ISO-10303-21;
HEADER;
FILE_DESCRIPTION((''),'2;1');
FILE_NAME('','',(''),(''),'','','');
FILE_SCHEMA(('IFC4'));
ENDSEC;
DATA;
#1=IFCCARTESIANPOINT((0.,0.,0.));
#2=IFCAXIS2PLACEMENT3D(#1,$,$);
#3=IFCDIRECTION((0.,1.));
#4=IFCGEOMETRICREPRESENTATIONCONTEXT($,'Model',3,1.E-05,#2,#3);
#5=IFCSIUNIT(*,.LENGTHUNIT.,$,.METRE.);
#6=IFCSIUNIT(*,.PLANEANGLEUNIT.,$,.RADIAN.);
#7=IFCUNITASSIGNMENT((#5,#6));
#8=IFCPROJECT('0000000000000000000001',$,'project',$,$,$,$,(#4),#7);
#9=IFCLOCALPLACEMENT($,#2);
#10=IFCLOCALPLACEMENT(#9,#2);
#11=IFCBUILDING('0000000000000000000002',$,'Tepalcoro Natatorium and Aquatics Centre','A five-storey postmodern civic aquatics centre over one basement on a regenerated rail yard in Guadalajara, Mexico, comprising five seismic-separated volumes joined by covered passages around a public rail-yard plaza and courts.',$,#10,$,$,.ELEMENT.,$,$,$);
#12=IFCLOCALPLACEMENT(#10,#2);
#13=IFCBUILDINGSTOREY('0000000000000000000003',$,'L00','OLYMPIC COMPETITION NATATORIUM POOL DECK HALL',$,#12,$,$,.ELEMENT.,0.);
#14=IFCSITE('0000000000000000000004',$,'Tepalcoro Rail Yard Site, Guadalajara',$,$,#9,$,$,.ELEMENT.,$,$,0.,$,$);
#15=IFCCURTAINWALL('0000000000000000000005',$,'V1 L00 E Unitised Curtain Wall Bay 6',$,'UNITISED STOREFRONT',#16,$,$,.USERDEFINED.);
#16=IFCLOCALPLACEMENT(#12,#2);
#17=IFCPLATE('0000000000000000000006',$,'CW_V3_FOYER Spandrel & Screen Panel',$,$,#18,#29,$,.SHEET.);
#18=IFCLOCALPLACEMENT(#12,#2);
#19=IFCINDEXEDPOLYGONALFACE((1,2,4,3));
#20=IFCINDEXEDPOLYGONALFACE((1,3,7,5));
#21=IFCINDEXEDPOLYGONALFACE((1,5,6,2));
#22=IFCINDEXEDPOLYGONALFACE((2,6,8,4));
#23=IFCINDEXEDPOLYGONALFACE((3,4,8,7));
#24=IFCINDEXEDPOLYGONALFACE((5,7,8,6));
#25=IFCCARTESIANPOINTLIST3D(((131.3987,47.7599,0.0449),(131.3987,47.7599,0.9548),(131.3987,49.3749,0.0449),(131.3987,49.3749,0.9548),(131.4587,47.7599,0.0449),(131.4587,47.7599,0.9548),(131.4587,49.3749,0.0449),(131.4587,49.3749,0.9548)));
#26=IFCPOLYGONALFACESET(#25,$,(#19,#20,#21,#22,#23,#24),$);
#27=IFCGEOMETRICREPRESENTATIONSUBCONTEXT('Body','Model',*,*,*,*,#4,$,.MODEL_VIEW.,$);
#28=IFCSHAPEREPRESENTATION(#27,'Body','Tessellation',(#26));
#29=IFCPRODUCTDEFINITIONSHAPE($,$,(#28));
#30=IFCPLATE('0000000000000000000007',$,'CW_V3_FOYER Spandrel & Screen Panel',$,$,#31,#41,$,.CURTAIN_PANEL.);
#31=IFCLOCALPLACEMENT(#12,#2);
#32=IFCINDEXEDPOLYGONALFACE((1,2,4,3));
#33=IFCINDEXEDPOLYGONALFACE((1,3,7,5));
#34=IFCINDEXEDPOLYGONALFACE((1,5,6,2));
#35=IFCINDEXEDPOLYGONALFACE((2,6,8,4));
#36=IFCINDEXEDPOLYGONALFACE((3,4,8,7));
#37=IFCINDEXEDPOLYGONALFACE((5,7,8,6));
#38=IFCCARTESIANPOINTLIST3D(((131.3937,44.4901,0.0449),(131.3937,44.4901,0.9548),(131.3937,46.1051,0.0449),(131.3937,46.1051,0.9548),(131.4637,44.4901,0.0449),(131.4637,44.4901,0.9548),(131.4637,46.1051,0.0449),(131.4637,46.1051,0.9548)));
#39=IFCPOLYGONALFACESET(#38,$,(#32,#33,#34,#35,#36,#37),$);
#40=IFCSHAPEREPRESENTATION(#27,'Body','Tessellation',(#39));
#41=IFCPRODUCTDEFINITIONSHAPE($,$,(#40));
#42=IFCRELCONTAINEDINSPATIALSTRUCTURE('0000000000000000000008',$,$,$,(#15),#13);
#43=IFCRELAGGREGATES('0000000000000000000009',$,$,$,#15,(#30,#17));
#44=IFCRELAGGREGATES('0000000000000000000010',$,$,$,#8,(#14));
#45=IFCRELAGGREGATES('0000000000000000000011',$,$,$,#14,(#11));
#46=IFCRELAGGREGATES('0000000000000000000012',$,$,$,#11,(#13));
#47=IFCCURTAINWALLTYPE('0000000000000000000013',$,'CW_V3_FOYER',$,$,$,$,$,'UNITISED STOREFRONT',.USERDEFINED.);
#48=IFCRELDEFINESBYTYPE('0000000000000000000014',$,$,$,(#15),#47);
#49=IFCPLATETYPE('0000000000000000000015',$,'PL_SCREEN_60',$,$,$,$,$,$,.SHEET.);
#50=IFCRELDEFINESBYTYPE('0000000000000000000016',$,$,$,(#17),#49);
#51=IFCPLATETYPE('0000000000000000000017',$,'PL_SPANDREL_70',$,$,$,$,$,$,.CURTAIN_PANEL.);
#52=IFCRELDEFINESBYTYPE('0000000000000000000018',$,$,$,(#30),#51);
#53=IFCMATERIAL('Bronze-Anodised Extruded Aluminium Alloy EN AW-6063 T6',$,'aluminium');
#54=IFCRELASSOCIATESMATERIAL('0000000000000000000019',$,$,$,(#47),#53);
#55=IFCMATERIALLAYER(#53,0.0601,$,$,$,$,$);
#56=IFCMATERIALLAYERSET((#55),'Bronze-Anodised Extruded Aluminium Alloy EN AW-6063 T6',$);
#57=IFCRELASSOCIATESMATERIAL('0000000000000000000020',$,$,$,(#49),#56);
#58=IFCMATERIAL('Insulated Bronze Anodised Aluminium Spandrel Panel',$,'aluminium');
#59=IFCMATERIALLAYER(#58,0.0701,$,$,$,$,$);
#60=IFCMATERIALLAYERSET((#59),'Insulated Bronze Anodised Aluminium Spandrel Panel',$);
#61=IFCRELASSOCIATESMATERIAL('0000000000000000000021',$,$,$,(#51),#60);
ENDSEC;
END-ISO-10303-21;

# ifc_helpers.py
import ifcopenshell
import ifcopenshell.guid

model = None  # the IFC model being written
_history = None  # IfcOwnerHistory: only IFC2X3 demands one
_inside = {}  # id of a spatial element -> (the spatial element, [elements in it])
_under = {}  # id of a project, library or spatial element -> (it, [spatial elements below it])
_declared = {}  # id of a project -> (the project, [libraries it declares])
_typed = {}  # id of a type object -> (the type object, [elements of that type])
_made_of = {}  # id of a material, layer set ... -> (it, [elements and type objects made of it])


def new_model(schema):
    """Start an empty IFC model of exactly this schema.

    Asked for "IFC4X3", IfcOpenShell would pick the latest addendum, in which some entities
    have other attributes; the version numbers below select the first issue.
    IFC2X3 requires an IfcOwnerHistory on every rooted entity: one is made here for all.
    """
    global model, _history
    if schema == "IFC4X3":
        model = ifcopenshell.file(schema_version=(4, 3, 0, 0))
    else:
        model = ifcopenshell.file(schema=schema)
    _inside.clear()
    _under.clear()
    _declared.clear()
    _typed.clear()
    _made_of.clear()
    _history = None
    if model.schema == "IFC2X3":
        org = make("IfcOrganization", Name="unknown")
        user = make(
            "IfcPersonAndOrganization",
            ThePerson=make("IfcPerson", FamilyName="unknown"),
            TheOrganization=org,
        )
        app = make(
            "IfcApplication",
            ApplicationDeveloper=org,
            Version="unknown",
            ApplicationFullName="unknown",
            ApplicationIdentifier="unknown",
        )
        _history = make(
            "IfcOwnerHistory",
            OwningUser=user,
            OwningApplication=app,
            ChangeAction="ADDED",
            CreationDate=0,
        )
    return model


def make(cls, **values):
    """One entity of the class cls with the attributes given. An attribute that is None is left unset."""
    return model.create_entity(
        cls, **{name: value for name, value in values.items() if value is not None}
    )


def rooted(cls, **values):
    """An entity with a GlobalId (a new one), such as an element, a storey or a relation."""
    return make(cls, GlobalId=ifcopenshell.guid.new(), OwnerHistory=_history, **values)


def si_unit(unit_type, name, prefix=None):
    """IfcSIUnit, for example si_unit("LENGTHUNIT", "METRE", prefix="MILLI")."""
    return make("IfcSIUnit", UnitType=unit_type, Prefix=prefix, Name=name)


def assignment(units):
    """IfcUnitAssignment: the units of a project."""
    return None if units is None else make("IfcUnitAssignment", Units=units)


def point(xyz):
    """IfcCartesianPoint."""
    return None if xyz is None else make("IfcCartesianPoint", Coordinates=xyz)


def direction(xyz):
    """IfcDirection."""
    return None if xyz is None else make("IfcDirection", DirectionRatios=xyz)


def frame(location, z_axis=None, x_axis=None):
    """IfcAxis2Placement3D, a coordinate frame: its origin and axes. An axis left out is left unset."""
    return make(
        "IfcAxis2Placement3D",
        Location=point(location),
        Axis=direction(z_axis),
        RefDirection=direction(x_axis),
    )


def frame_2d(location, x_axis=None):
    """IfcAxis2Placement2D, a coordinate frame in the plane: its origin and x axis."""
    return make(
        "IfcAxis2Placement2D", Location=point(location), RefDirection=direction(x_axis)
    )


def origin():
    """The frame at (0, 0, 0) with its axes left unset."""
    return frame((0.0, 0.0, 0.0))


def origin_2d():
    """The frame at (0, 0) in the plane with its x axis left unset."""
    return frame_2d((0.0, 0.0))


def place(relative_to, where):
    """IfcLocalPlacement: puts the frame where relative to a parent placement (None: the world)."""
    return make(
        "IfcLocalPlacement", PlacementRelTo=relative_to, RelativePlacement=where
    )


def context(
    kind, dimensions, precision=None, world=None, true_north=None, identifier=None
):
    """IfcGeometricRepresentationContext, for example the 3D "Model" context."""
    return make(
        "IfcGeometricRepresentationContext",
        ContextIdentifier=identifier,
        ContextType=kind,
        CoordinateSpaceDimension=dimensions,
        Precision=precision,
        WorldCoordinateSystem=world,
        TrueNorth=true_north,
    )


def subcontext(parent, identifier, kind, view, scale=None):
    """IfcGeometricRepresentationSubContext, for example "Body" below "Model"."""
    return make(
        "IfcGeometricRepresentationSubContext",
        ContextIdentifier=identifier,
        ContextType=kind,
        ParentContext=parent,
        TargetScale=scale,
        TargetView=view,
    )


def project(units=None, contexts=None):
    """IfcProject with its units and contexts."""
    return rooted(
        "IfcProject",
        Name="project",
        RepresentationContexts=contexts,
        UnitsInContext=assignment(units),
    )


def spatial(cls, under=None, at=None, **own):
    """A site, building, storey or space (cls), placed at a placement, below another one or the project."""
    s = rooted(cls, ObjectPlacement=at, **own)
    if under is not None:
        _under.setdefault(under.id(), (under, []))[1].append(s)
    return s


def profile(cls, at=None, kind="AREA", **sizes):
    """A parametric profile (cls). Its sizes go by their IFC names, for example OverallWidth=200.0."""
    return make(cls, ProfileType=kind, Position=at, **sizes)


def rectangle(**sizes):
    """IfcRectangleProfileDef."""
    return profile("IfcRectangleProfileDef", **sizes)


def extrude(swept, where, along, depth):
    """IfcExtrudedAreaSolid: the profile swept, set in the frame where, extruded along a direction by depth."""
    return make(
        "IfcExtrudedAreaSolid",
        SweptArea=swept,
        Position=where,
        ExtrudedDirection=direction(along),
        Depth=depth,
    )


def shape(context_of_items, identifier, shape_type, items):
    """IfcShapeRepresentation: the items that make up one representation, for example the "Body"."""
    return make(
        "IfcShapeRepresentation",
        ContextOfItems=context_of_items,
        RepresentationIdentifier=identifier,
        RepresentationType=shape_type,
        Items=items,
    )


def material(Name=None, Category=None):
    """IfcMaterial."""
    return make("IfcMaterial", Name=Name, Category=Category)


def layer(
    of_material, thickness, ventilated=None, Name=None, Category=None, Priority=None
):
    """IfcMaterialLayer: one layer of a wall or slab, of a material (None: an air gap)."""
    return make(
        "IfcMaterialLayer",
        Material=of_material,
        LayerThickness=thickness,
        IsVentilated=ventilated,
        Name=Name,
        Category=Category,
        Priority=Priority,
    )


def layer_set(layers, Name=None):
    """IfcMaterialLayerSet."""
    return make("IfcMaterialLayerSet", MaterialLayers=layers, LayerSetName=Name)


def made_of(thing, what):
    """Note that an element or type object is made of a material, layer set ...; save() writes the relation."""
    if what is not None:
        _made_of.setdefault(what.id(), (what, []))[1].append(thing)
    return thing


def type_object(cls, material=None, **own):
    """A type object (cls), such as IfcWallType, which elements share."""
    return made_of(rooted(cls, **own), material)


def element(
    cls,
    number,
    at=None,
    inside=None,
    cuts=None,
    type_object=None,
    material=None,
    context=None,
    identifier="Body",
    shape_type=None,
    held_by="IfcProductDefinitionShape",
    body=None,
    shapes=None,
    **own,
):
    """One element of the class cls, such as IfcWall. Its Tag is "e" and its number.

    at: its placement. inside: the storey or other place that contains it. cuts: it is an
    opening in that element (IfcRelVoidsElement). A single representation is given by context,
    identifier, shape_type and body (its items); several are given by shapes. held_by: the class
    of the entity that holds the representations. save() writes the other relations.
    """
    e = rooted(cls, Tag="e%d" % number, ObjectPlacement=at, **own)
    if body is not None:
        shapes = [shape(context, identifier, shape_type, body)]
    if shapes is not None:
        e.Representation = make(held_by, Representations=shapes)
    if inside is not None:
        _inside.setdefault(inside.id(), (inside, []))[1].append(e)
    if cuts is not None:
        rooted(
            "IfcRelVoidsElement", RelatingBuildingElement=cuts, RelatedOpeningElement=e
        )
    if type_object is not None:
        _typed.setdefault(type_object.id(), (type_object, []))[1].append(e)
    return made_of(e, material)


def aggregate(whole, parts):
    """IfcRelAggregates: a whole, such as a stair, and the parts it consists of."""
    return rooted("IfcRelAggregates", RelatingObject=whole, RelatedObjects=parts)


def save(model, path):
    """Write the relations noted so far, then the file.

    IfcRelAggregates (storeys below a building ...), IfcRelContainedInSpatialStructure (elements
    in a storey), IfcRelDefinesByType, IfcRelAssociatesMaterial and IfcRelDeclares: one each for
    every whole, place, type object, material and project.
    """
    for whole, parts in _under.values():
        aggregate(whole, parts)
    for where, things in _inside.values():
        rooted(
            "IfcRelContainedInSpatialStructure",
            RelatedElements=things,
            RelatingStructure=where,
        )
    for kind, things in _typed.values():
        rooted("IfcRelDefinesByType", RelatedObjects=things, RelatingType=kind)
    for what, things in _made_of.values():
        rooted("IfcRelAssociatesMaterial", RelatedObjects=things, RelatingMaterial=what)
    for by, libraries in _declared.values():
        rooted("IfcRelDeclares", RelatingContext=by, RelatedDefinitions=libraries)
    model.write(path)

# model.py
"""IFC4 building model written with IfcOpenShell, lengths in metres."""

from ifc_helpers import new_model, si_unit, direction, frame, origin, origin_2d, place, context, subcontext, project, spatial, rectangle, extrude, material, layer, layer_set, type_object, element, aggregate, save


model = new_model("IFC4")

# Units and contexts
model_context = context("Model", 3, precision=1e-05, world=origin(), true_north=direction((0.0, 1.0)))
body_context = subcontext(model_context, "Body", "Model", "MODEL_VIEW")
ifc_project = project(units=[si_unit("LENGTHUNIT", "METRE"), si_unit("PLANEANGLEUNIT", "RADIAN")], contexts=[model_context])

# Site, building, storey
site_placement = place(None, origin())
site = spatial("IfcSite", under=ifc_project, at=site_placement, Name="Tepalcoro Rail Yard Site, Guadalajara", CompositionType="ELEMENT", RefElevation=0.0)
building_placement = place(site_placement, origin())
building = spatial("IfcBuilding", under=site, at=building_placement, Name="Tepalcoro Natatorium and Aquatics Centre", Description="A five-storey postmodern civic aquatics centre over one basement on a regenerated rail yard in Guadalajara, Mexico, comprising five seismic-separated volumes joined by covered passages around a public rail-yard plaza and courts.", CompositionType="ELEMENT")
storey_placement = place(building_placement, origin())
storey = spatial("IfcBuildingStorey", under=building, at=storey_placement, Name="L00", Description="OLYMPIC COMPETITION NATATORIUM POOL DECK HALL", CompositionType="ELEMENT", Elevation=0.0)

# Curtain wall
ifc_material_1 = material(Name="Bronze-Anodised Extruded Aluminium Alloy EN AW-6063 T6", Category="aluminium")
curtain_wall_type = type_object("IfcCurtainWallType", Name="CW_V3_FOYER", ElementType="UNITISED STOREFRONT", PredefinedType="USERDEFINED", material=ifc_material_1)
curtain_wall_placement = place(storey_placement, origin())
curtain_wall = element("IfcCurtainWall", 1, at=curtain_wall_placement, inside=storey, type_object=curtain_wall_type, Name="V1 L00 E Unitised Curtain Wall Bay 6", ObjectType="UNITISED STOREFRONT", PredefinedType="USERDEFINED")

# Plates
ifc_layer_1 = layer(ifc_material_1, 0.0601)
ifc_layer_set_1 = layer_set([ifc_layer_1], Name="Bronze-Anodised Extruded Aluminium Alloy EN AW-6063 T6")
plate_type_1 = type_object("IfcPlateType", Name="PL_SCREEN_60", PredefinedType="SHEET", material=ifc_layer_set_1)
plate_1_placement = place(storey_placement, frame((131.4287, 48.5674, 0.0449), z_axis=(0.0, 0.0, 1.0), x_axis=(1.0, 0.0, 0.0)))
plate_1 = element("IfcPlate", 2, at=plate_1_placement, type_object=plate_type_1, Name="CW_V3_FOYER Spandrel & Screen Panel", PredefinedType="SHEET", context=body_context, shape_type="SweptSolid", body=[
    extrude(rectangle(XDim=0.0601, YDim=1.615, at=origin_2d()), origin(), (0.0, 0.0, 1.0), 0.9099),
])
ifc_material_2 = material(Name="Insulated Bronze Anodised Aluminium Spandrel Panel", Category="aluminium")
ifc_layer_2 = layer(ifc_material_2, 0.0701)
ifc_layer_set_2 = layer_set([ifc_layer_2], Name="Insulated Bronze Anodised Aluminium Spandrel Panel")
plate_type_2 = type_object("IfcPlateType", Name="PL_SPANDREL_70", PredefinedType="CURTAIN_PANEL", material=ifc_layer_set_2)
plate_2_placement = place(storey_placement, frame((131.4287, 45.2976, 0.0449), z_axis=(0.0, 0.0, 1.0), x_axis=(1.0, 0.0, 0.0)))
plate_2 = element("IfcPlate", 3, at=plate_2_placement, type_object=plate_type_2, Name="CW_V3_FOYER Spandrel & Screen Panel", PredefinedType="CURTAIN_PANEL", context=body_context, shape_type="SweptSolid", body=[
    extrude(rectangle(XDim=0.0701, YDim=1.615, at=origin_2d()), origin(), (0.0, 0.0, 1.0), 0.9099),
])
aggregate(curtain_wall, [plate_2, plate_1])

save(model, "model.ifc")
